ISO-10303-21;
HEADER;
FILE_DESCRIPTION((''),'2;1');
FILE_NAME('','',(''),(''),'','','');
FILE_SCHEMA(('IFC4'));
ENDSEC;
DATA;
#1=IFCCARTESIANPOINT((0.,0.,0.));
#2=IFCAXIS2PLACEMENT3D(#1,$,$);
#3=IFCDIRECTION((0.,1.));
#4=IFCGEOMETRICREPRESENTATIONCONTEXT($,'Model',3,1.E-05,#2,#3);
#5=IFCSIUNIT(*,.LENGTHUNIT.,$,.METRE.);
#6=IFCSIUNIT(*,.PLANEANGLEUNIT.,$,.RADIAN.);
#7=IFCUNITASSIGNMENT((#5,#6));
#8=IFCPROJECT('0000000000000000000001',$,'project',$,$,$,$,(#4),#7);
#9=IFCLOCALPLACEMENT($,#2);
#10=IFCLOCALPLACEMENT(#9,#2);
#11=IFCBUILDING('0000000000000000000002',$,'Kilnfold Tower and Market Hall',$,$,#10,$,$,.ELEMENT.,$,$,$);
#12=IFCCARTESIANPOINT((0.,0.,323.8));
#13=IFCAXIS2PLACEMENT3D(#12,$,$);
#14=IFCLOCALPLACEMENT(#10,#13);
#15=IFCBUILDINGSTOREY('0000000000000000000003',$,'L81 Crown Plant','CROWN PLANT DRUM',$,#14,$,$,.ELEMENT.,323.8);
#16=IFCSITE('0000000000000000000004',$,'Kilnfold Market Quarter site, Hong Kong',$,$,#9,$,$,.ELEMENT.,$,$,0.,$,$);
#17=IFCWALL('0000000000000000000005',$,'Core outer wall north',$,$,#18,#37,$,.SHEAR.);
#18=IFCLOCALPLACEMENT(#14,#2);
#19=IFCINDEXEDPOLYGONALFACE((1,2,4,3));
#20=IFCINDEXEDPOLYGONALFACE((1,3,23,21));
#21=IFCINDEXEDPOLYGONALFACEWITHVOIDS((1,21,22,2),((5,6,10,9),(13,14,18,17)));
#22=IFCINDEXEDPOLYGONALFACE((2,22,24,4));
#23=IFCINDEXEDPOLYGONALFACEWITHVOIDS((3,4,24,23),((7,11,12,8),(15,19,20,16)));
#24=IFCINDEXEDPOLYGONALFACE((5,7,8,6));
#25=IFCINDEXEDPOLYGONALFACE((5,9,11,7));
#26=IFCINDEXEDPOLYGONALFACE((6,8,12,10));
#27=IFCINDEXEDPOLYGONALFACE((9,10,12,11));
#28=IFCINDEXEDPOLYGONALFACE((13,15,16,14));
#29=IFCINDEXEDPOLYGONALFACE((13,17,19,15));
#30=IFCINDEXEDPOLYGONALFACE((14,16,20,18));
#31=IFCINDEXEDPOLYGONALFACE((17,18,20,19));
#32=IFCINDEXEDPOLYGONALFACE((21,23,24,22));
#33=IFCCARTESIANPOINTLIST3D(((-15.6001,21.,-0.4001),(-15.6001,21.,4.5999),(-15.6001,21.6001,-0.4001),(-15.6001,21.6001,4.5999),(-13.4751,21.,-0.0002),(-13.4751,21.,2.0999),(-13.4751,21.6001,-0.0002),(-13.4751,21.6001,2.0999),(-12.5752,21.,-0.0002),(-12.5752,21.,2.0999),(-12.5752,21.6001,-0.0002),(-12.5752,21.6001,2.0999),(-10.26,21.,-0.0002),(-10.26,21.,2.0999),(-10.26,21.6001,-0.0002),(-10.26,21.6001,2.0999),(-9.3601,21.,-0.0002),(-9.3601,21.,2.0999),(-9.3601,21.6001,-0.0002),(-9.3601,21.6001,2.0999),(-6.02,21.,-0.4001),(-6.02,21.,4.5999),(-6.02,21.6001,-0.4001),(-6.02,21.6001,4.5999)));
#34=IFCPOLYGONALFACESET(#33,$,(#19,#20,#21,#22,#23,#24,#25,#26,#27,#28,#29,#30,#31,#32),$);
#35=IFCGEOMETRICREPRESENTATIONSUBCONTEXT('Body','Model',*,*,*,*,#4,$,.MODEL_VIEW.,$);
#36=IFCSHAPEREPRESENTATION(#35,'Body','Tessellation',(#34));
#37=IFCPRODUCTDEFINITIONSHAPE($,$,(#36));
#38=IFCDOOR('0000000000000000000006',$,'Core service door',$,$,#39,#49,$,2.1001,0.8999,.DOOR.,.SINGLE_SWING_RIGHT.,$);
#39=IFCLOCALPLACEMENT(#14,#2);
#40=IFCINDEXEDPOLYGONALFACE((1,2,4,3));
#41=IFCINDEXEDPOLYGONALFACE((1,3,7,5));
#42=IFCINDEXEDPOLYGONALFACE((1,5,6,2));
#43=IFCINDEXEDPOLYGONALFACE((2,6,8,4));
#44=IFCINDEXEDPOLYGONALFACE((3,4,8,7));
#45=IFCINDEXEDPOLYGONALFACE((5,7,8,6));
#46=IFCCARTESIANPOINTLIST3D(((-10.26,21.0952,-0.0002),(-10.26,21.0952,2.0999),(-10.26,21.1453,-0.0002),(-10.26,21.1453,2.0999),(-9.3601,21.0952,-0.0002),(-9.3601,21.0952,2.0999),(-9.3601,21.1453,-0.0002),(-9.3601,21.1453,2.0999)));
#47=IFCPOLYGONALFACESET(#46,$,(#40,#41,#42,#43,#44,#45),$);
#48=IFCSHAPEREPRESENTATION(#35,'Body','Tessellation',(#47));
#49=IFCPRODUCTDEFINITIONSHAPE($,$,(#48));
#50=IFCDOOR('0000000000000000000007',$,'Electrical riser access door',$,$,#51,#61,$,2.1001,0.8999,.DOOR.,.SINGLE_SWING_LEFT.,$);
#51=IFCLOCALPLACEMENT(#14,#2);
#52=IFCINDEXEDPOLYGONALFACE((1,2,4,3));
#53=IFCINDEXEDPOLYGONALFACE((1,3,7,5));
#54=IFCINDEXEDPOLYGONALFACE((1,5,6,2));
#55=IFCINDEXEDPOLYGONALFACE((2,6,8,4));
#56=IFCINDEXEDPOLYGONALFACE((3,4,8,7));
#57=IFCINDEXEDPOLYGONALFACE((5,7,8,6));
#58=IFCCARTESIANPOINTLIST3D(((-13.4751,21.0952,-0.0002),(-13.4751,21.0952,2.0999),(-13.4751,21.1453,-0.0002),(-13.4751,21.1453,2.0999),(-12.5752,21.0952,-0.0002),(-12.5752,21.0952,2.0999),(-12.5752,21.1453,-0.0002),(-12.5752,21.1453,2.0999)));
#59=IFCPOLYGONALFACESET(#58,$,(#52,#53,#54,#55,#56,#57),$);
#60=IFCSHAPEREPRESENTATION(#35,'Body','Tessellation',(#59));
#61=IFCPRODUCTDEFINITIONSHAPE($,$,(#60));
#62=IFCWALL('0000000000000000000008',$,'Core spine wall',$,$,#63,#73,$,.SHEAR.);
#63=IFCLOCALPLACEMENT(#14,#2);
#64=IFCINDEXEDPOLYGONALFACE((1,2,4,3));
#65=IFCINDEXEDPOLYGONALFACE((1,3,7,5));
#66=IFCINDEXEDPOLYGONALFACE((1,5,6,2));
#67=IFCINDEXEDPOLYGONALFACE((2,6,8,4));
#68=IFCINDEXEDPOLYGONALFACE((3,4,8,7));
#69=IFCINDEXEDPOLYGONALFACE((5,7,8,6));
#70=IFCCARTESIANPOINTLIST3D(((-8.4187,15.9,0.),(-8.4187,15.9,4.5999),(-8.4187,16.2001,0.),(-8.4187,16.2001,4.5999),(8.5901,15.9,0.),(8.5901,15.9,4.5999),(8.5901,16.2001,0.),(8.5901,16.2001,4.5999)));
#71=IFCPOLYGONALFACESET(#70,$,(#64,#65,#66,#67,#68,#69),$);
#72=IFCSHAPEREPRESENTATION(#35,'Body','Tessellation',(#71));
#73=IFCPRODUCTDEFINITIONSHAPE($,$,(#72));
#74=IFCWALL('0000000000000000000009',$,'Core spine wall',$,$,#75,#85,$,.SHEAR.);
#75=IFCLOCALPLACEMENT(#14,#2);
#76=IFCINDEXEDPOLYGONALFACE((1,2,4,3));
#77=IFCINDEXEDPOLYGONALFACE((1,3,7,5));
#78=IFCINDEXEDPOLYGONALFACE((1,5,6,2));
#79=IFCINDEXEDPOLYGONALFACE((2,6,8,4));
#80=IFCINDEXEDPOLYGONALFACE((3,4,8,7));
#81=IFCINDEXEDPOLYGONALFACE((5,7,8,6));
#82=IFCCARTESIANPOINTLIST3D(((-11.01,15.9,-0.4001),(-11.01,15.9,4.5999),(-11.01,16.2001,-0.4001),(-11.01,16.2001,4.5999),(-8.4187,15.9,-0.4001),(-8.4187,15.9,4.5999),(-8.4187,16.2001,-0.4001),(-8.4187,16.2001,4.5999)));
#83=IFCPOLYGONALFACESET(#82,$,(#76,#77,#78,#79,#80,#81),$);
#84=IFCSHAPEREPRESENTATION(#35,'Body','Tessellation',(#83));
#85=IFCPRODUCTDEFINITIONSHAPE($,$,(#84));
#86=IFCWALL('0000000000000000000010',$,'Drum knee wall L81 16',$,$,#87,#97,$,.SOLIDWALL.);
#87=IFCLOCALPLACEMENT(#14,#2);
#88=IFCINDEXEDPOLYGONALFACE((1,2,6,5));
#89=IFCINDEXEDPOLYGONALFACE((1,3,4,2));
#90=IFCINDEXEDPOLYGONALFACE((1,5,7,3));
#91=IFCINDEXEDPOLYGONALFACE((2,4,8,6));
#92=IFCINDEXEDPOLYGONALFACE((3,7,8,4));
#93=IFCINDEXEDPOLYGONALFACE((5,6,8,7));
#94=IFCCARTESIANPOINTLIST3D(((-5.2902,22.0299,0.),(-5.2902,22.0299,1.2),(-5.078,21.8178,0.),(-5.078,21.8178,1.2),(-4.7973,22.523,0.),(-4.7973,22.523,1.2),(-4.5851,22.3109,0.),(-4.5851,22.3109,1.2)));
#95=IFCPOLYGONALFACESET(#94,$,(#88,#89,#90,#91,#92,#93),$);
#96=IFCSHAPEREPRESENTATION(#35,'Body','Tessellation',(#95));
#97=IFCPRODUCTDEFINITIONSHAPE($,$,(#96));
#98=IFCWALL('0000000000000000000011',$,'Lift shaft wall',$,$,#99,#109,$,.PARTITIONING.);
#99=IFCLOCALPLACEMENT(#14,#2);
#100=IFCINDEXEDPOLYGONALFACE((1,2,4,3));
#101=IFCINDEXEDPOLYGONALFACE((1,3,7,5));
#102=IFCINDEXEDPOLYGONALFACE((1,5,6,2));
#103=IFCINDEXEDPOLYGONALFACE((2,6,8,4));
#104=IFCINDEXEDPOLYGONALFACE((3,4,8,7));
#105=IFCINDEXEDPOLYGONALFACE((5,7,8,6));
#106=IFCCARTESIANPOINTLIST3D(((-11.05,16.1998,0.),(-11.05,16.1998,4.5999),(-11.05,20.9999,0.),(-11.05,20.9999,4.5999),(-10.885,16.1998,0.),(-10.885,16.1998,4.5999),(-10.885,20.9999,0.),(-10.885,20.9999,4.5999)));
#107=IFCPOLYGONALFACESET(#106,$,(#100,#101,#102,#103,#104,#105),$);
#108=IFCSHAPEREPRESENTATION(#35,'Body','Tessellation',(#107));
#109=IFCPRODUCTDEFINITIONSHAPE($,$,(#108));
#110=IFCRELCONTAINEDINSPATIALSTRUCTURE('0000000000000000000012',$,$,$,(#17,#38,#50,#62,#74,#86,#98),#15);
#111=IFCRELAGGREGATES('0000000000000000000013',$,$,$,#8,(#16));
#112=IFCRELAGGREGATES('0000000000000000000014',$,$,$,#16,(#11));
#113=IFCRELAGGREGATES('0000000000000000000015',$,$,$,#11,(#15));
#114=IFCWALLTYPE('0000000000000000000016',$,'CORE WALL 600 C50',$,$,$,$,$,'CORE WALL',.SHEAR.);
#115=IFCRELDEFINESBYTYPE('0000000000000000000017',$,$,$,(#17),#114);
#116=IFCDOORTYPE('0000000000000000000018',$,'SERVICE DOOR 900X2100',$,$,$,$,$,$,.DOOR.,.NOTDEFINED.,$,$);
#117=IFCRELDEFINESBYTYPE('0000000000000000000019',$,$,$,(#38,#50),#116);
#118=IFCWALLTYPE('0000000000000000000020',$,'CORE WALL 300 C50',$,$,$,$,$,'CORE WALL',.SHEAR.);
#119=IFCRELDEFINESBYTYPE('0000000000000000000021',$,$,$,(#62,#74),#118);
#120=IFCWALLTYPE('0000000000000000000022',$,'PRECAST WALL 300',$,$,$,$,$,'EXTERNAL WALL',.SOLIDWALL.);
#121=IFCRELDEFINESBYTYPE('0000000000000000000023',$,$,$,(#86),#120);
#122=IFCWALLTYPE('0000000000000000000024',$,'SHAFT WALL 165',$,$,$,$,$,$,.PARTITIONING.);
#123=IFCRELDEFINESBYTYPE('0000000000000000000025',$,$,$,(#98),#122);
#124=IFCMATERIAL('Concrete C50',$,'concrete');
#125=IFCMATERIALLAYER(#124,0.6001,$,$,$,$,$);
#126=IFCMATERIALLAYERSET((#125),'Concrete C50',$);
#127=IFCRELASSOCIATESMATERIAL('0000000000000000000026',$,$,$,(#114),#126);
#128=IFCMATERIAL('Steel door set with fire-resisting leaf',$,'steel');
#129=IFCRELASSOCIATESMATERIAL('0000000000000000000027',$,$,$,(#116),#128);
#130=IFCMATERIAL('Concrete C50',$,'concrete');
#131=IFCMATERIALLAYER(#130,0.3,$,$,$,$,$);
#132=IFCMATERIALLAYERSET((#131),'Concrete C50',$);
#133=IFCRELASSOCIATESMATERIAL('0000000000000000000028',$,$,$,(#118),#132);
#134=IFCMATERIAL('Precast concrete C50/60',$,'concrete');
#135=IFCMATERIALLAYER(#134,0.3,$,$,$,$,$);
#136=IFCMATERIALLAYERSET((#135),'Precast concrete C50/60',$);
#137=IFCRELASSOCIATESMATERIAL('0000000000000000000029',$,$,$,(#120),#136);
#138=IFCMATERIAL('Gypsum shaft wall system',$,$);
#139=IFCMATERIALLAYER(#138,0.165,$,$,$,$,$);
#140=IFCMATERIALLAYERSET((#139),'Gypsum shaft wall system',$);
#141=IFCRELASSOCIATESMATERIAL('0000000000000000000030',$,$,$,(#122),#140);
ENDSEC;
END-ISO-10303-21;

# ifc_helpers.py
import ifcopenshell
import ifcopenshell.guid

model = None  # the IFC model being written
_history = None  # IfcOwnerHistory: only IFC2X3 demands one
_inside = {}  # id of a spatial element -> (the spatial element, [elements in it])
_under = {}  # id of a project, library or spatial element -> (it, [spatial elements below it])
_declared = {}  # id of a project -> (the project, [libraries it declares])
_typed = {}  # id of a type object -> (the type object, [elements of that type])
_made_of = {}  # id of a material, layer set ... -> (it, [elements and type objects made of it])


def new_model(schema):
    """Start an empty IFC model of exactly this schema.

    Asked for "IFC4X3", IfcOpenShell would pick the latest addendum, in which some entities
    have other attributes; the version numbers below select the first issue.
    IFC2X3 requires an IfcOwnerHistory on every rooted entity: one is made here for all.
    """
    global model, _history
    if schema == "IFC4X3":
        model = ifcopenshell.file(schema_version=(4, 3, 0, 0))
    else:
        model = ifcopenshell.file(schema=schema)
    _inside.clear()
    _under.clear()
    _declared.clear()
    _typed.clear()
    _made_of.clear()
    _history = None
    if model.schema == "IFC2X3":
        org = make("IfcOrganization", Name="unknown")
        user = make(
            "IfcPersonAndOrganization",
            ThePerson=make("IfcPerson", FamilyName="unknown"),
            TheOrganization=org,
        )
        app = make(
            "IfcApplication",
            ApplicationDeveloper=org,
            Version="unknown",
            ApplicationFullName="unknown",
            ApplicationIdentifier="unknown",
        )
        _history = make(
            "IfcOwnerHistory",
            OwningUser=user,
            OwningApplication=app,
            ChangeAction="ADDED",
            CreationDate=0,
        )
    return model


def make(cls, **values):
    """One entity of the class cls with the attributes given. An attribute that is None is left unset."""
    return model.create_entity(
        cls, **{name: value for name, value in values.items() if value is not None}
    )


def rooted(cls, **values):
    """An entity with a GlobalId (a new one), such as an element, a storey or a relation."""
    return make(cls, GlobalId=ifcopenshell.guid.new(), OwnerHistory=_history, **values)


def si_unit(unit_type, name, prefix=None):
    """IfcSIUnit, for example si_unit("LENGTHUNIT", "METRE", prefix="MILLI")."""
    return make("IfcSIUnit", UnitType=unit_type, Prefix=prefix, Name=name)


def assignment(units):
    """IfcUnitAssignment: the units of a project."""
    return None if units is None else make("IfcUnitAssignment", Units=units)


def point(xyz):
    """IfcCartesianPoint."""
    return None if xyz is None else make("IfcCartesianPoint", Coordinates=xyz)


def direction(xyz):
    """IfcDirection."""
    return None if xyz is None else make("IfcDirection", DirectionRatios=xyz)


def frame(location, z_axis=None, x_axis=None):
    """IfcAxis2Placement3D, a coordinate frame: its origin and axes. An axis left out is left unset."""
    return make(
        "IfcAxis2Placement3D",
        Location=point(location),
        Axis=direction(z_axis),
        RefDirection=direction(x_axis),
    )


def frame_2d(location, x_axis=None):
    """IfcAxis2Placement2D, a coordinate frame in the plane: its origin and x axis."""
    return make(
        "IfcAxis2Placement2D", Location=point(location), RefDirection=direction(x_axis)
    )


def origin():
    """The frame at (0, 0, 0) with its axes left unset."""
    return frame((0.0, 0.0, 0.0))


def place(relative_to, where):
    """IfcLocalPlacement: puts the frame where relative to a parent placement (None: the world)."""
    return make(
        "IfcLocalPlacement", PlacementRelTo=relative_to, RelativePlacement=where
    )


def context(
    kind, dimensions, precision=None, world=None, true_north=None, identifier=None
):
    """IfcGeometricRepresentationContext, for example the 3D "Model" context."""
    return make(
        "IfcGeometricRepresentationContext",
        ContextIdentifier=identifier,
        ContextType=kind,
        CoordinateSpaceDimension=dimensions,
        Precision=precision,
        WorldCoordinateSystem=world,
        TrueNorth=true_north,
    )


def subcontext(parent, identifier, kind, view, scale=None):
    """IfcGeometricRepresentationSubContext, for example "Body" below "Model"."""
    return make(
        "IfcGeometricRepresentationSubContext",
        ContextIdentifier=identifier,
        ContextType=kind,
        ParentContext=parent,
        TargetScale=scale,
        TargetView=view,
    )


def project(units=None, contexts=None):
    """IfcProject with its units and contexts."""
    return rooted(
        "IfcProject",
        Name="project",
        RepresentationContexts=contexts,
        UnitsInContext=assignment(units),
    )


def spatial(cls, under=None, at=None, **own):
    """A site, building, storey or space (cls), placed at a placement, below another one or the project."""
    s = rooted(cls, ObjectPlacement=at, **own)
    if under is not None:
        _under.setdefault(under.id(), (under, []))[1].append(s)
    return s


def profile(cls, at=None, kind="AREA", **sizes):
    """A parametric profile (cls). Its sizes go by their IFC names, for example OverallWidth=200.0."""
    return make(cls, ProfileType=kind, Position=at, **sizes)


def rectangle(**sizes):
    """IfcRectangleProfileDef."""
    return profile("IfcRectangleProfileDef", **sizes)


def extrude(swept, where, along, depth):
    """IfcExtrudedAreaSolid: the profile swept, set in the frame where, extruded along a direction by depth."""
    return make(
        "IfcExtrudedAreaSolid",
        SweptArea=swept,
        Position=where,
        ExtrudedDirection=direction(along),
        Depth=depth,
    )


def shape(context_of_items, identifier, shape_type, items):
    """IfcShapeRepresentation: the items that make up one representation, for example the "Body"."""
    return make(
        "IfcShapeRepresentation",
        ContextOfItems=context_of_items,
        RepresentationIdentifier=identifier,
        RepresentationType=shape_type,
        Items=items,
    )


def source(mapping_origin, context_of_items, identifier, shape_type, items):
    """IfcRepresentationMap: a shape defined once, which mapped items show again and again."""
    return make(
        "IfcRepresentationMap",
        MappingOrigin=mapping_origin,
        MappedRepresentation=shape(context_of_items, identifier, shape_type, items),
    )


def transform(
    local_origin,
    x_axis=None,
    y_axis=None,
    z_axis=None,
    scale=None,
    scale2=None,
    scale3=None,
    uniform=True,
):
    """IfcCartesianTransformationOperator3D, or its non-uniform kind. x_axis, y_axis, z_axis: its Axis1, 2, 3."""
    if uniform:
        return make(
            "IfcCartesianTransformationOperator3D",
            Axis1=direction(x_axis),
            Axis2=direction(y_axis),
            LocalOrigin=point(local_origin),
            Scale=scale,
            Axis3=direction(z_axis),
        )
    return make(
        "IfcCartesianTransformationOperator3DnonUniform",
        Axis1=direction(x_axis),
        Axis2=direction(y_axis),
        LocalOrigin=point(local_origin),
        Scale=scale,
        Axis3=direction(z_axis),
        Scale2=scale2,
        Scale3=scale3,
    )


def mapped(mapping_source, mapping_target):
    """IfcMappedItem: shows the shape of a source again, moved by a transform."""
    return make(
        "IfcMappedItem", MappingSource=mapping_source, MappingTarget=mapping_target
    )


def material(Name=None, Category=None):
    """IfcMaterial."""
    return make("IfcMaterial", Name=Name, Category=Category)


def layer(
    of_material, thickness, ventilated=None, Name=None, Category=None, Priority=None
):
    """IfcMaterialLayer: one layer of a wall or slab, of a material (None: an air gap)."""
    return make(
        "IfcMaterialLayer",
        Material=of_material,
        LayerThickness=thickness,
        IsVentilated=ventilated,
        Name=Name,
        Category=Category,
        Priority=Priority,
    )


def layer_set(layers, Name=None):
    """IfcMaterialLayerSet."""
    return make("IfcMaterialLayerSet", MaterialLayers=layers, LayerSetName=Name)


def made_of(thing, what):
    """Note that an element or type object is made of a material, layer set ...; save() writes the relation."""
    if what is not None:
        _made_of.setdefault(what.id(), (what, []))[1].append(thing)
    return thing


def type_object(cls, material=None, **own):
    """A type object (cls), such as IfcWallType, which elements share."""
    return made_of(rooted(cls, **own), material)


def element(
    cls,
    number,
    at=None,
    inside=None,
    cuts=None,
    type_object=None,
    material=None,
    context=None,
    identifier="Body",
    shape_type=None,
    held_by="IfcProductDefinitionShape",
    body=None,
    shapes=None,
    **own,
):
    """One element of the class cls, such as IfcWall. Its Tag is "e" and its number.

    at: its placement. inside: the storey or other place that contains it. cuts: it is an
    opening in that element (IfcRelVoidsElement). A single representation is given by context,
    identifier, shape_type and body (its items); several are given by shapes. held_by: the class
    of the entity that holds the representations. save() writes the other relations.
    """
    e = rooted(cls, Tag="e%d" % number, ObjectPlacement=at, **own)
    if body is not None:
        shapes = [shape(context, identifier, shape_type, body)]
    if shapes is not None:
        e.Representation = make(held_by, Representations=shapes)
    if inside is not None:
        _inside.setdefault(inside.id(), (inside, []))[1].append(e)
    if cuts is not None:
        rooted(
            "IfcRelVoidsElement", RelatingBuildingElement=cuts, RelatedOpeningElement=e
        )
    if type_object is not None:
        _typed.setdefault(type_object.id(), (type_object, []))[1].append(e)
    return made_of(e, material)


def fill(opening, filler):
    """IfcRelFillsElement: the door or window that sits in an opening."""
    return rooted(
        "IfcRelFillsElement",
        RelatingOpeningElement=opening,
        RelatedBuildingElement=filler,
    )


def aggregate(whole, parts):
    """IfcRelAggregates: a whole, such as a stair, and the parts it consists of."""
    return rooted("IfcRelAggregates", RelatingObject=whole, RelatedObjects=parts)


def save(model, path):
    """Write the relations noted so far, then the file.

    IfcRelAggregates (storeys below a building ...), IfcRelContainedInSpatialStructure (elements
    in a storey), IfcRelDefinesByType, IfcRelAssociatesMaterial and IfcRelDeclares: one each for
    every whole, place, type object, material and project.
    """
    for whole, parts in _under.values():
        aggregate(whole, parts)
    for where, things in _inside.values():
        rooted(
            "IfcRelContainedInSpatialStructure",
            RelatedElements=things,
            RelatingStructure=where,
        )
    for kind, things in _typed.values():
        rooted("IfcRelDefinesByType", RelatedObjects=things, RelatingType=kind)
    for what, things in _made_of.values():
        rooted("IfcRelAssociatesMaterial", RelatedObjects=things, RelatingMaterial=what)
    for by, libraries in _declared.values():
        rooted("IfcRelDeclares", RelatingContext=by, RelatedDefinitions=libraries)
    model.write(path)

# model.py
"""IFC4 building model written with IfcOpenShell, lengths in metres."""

from ifc_helpers import new_model, si_unit, direction, frame, frame_2d, origin, place, context, subcontext, project, spatial, rectangle, extrude, source, transform, mapped, material, layer, layer_set, type_object, element, fill, save


model = new_model("IFC4")

# Units and contexts
model_context = context("Model", 3, precision=1e-05, world=origin(), true_north=direction((0.0, 1.0)))
body_context = subcontext(model_context, "Body", "Model", "MODEL_VIEW")
ifc_project = project(units=[si_unit("LENGTHUNIT", "METRE"), si_unit("PLANEANGLEUNIT", "RADIAN")], contexts=[model_context])

# Site, building, storey
site_placement = place(None, origin())
site = spatial("IfcSite", under=ifc_project, at=site_placement, Name="Kilnfold Market Quarter site, Hong Kong", CompositionType="ELEMENT", RefElevation=0.0)
building_placement = place(site_placement, origin())
building = spatial("IfcBuilding", under=site, at=building_placement, Name="Kilnfold Tower and Market Hall", CompositionType="ELEMENT")
storey_placement = place(building_placement, frame((0.0, 0.0, 323.8)))
storey = spatial("IfcBuildingStorey", under=building, at=storey_placement, Name="L81 Crown Plant", Description="CROWN PLANT DRUM", CompositionType="ELEMENT", Elevation=323.8)

# Wall, openings, doors
ifc_material_1 = material(Name="Concrete C50", Category="concrete")
ifc_layer_1 = layer(ifc_material_1, 0.6001)
ifc_layer_set_1 = layer_set([ifc_layer_1], Name="Concrete C50")
wall_type_1 = type_object("IfcWallType", Name="CORE WALL 600 C50", ElementType="CORE WALL", PredefinedType="SHEAR", material=ifc_layer_set_1)
ifc_material_2 = material(Name="Steel door set with fire-resisting leaf", Category="steel")
door_type = type_object("IfcDoorType", Name="SERVICE DOOR 900X2100", OperationType="NOTDEFINED", PredefinedType="DOOR", material=ifc_material_2)
shared_shape_1 = source(origin(), body_context, "Body", "SweptSolid", [
    extrude(rectangle(XDim=9.5801, YDim=0.6001, at=frame_2d((4.79, 0.0))), origin(), (0.0, 0.0, 1.0), 5.0),
])
wall_1_placement = place(storey_placement, frame((-15.6001, 21.3, -0.4001), z_axis=(0.0, 0.0, 1.0), x_axis=(1.0, 0.0, 0.0)))
wall_1 = element("IfcWall", 1, at=wall_1_placement, inside=storey, type_object=wall_type_1, Name="Core outer wall north", PredefinedType="SHEAR", context=body_context, shape_type="MappedRepresentation", body=[
    mapped(shared_shape_1, transform((0.0, 0.0, 0.0))),
])
opening_1_placement = place(wall_1_placement, frame((5.3401, 0.0, 0.3999)))
opening_1 = element("IfcOpeningElement", 2, at=opening_1_placement, cuts=wall_1, PredefinedType="OPENING", context=body_context, shape_type="SweptSolid", body=[
    extrude(rectangle(XDim=0.8999, YDim=2.1001, at=frame_2d((0.45, 1.05))), frame((0.0, 0.3101, 0.0), z_axis=(0.0, -1.0, 0.0), x_axis=(1.0, 0.0, 0.0)), (0.0, 0.0, 1.0), 0.6201),
])
opening_2_placement = place(wall_1_placement, frame((2.125, 0.0, 0.3999)))
opening_2 = element("IfcOpeningElement", 3, at=opening_2_placement, cuts=wall_1, PredefinedType="OPENING", context=body_context, shape_type="SweptSolid", body=[
    extrude(rectangle(XDim=0.8999, YDim=2.1001, at=frame_2d((0.45, 1.05))), frame((0.0, 0.3101, 0.0), z_axis=(0.0, -1.0, 0.0), x_axis=(1.0, 0.0, 0.0)), (0.0, 0.0, 1.0), 0.6201),
])
door_1_placement = place(opening_1_placement, origin())
door_1 = element("IfcDoor", 4, at=door_1_placement, inside=storey, type_object=door_type, Name="Core service door", OperationType="SINGLE_SWING_RIGHT", OverallHeight=2.1001, OverallWidth=0.8999, PredefinedType="DOOR", context=body_context, shape_type="SweptSolid", body=[
    extrude(rectangle(XDim=0.8999, YDim=2.1001, at=frame_2d((0.45, 1.05))), frame((0.0, -0.1548, 0.0), z_axis=(0.0, -1.0, 0.0), x_axis=(1.0, 0.0, 0.0)), (0.0, 0.0, 1.0), 0.05),
])
fill(opening_1, door_1)
door_2_placement = place(opening_2_placement, origin())
door_2 = element("IfcDoor", 5, at=door_2_placement, inside=storey, type_object=door_type, Name="Electrical riser access door", OperationType="SINGLE_SWING_LEFT", OverallHeight=2.1001, OverallWidth=0.8999, PredefinedType="DOOR", context=body_context, shape_type="SweptSolid", body=[
    extrude(rectangle(XDim=0.8999, YDim=2.1001, at=frame_2d((0.45, 1.05))), frame((0.0, -0.1548, 0.0), z_axis=(0.0, -1.0, 0.0), x_axis=(1.0, 0.0, 0.0)), (0.0, 0.0, 1.0), 0.05),
])
fill(opening_2, door_2)

# Walls
ifc_material_3 = material(Name="Concrete C50", Category="concrete")
ifc_layer_2 = layer(ifc_material_3, 0.3)
ifc_layer_set_2 = layer_set([ifc_layer_2], Name="Concrete C50")
wall_type_2 = type_object("IfcWallType", Name="CORE WALL 300 C50", ElementType="CORE WALL", PredefinedType="SHEAR", material=ifc_layer_set_2)
shared_shape_2 = source(origin(), body_context, "Body", "SweptSolid", [
    extrude(rectangle(XDim=17.0088, YDim=0.3, at=frame_2d((8.5044, 0.0))), origin(), (0.0, 0.0, 1.0), 4.5999),
])
wall_2_placement = place(storey_placement, frame((-8.4187, 16.05, 0.0), z_axis=(0.0, 0.0, 1.0), x_axis=(1.0, 0.0, 0.0)))
element("IfcWall", 6, at=wall_2_placement, inside=storey, type_object=wall_type_2, Name="Core spine wall", PredefinedType="SHEAR", context=body_context, shape_type="MappedRepresentation", body=[
    mapped(shared_shape_2, transform((0.0, 0.0, 0.0))),
])
shared_shape_3 = source(origin(), body_context, "Body", "SweptSolid", [
    extrude(rectangle(XDim=2.5913, YDim=0.3, at=frame_2d((1.2957, 0.0))), origin(), (0.0, 0.0, 1.0), 5.0),
])
wall_3_placement = place(storey_placement, frame((-11.01, 16.05, -0.4001), z_axis=(0.0, 0.0, 1.0), x_axis=(1.0, 0.0, 0.0)))
element("IfcWall", 7, at=wall_3_placement, inside=storey, type_object=wall_type_2, Name="Core spine wall", PredefinedType="SHEAR", context=body_context, shape_type="MappedRepresentation", body=[
    mapped(shared_shape_3, transform((0.0, 0.0, 0.0))),
])
ifc_material_4 = material(Name="Precast concrete C50/60", Category="concrete")
ifc_layer_3 = layer(ifc_material_4, 0.3)
ifc_layer_set_3 = layer_set([ifc_layer_3], Name="Precast concrete C50/60")
wall_type_3 = type_object("IfcWallType", Name="PRECAST WALL 300", ElementType="EXTERNAL WALL", PredefinedType="SOLIDWALL", material=ifc_layer_set_3)
shared_shape_4 = source(origin(), body_context, "Body", "SweptSolid", [
    extrude(rectangle(XDim=0.6973, YDim=0.3, at=frame_2d((0.3486, 0.0))), origin(), (0.0, 0.0, 1.0), 1.2),
])
wall_4_placement = place(storey_placement, frame((-4.6912, 22.417, 0.0), z_axis=(0.0, 0.0, 1.0), x_axis=(-0.706932, -0.707282, 0.0)))
element("IfcWall", 8, at=wall_4_placement, inside=storey, type_object=wall_type_3, Name="Drum knee wall L81 16", PredefinedType="SOLIDWALL", context=body_context, shape_type="MappedRepresentation", body=[
    mapped(shared_shape_4, transform((0.0, 0.0, 0.0))),
])
ifc_material_5 = material(Name="Gypsum shaft wall system")
ifc_layer_4 = layer(ifc_material_5, 0.165)
ifc_layer_set_4 = layer_set([ifc_layer_4], Name="Gypsum shaft wall system")
wall_type_4 = type_object("IfcWallType", Name="SHAFT WALL 165", PredefinedType="PARTITIONING", material=ifc_layer_set_4)
shared_shape_5 = source(origin(), body_context, "Body", "SweptSolid", [
    extrude(rectangle(XDim=4.8, YDim=0.165, at=frame_2d((2.3999, 0.0))), origin(), (0.0, 0.0, 1.0), 4.5999),
])
wall_5_placement = place(storey_placement, frame((-10.9675, 16.2, 0.0), z_axis=(0.0, 0.0, 1.0), x_axis=(0.0, 1.0, 0.0)))
element("IfcWall", 9, at=wall_5_placement, inside=storey, type_object=wall_type_4, Name="Lift shaft wall", PredefinedType="PARTITIONING", context=body_context, shape_type="MappedRepresentation", body=[
    mapped(shared_shape_5, transform((0.0, 0.0, 0.0))),
])

save(model, "model.ifc")
